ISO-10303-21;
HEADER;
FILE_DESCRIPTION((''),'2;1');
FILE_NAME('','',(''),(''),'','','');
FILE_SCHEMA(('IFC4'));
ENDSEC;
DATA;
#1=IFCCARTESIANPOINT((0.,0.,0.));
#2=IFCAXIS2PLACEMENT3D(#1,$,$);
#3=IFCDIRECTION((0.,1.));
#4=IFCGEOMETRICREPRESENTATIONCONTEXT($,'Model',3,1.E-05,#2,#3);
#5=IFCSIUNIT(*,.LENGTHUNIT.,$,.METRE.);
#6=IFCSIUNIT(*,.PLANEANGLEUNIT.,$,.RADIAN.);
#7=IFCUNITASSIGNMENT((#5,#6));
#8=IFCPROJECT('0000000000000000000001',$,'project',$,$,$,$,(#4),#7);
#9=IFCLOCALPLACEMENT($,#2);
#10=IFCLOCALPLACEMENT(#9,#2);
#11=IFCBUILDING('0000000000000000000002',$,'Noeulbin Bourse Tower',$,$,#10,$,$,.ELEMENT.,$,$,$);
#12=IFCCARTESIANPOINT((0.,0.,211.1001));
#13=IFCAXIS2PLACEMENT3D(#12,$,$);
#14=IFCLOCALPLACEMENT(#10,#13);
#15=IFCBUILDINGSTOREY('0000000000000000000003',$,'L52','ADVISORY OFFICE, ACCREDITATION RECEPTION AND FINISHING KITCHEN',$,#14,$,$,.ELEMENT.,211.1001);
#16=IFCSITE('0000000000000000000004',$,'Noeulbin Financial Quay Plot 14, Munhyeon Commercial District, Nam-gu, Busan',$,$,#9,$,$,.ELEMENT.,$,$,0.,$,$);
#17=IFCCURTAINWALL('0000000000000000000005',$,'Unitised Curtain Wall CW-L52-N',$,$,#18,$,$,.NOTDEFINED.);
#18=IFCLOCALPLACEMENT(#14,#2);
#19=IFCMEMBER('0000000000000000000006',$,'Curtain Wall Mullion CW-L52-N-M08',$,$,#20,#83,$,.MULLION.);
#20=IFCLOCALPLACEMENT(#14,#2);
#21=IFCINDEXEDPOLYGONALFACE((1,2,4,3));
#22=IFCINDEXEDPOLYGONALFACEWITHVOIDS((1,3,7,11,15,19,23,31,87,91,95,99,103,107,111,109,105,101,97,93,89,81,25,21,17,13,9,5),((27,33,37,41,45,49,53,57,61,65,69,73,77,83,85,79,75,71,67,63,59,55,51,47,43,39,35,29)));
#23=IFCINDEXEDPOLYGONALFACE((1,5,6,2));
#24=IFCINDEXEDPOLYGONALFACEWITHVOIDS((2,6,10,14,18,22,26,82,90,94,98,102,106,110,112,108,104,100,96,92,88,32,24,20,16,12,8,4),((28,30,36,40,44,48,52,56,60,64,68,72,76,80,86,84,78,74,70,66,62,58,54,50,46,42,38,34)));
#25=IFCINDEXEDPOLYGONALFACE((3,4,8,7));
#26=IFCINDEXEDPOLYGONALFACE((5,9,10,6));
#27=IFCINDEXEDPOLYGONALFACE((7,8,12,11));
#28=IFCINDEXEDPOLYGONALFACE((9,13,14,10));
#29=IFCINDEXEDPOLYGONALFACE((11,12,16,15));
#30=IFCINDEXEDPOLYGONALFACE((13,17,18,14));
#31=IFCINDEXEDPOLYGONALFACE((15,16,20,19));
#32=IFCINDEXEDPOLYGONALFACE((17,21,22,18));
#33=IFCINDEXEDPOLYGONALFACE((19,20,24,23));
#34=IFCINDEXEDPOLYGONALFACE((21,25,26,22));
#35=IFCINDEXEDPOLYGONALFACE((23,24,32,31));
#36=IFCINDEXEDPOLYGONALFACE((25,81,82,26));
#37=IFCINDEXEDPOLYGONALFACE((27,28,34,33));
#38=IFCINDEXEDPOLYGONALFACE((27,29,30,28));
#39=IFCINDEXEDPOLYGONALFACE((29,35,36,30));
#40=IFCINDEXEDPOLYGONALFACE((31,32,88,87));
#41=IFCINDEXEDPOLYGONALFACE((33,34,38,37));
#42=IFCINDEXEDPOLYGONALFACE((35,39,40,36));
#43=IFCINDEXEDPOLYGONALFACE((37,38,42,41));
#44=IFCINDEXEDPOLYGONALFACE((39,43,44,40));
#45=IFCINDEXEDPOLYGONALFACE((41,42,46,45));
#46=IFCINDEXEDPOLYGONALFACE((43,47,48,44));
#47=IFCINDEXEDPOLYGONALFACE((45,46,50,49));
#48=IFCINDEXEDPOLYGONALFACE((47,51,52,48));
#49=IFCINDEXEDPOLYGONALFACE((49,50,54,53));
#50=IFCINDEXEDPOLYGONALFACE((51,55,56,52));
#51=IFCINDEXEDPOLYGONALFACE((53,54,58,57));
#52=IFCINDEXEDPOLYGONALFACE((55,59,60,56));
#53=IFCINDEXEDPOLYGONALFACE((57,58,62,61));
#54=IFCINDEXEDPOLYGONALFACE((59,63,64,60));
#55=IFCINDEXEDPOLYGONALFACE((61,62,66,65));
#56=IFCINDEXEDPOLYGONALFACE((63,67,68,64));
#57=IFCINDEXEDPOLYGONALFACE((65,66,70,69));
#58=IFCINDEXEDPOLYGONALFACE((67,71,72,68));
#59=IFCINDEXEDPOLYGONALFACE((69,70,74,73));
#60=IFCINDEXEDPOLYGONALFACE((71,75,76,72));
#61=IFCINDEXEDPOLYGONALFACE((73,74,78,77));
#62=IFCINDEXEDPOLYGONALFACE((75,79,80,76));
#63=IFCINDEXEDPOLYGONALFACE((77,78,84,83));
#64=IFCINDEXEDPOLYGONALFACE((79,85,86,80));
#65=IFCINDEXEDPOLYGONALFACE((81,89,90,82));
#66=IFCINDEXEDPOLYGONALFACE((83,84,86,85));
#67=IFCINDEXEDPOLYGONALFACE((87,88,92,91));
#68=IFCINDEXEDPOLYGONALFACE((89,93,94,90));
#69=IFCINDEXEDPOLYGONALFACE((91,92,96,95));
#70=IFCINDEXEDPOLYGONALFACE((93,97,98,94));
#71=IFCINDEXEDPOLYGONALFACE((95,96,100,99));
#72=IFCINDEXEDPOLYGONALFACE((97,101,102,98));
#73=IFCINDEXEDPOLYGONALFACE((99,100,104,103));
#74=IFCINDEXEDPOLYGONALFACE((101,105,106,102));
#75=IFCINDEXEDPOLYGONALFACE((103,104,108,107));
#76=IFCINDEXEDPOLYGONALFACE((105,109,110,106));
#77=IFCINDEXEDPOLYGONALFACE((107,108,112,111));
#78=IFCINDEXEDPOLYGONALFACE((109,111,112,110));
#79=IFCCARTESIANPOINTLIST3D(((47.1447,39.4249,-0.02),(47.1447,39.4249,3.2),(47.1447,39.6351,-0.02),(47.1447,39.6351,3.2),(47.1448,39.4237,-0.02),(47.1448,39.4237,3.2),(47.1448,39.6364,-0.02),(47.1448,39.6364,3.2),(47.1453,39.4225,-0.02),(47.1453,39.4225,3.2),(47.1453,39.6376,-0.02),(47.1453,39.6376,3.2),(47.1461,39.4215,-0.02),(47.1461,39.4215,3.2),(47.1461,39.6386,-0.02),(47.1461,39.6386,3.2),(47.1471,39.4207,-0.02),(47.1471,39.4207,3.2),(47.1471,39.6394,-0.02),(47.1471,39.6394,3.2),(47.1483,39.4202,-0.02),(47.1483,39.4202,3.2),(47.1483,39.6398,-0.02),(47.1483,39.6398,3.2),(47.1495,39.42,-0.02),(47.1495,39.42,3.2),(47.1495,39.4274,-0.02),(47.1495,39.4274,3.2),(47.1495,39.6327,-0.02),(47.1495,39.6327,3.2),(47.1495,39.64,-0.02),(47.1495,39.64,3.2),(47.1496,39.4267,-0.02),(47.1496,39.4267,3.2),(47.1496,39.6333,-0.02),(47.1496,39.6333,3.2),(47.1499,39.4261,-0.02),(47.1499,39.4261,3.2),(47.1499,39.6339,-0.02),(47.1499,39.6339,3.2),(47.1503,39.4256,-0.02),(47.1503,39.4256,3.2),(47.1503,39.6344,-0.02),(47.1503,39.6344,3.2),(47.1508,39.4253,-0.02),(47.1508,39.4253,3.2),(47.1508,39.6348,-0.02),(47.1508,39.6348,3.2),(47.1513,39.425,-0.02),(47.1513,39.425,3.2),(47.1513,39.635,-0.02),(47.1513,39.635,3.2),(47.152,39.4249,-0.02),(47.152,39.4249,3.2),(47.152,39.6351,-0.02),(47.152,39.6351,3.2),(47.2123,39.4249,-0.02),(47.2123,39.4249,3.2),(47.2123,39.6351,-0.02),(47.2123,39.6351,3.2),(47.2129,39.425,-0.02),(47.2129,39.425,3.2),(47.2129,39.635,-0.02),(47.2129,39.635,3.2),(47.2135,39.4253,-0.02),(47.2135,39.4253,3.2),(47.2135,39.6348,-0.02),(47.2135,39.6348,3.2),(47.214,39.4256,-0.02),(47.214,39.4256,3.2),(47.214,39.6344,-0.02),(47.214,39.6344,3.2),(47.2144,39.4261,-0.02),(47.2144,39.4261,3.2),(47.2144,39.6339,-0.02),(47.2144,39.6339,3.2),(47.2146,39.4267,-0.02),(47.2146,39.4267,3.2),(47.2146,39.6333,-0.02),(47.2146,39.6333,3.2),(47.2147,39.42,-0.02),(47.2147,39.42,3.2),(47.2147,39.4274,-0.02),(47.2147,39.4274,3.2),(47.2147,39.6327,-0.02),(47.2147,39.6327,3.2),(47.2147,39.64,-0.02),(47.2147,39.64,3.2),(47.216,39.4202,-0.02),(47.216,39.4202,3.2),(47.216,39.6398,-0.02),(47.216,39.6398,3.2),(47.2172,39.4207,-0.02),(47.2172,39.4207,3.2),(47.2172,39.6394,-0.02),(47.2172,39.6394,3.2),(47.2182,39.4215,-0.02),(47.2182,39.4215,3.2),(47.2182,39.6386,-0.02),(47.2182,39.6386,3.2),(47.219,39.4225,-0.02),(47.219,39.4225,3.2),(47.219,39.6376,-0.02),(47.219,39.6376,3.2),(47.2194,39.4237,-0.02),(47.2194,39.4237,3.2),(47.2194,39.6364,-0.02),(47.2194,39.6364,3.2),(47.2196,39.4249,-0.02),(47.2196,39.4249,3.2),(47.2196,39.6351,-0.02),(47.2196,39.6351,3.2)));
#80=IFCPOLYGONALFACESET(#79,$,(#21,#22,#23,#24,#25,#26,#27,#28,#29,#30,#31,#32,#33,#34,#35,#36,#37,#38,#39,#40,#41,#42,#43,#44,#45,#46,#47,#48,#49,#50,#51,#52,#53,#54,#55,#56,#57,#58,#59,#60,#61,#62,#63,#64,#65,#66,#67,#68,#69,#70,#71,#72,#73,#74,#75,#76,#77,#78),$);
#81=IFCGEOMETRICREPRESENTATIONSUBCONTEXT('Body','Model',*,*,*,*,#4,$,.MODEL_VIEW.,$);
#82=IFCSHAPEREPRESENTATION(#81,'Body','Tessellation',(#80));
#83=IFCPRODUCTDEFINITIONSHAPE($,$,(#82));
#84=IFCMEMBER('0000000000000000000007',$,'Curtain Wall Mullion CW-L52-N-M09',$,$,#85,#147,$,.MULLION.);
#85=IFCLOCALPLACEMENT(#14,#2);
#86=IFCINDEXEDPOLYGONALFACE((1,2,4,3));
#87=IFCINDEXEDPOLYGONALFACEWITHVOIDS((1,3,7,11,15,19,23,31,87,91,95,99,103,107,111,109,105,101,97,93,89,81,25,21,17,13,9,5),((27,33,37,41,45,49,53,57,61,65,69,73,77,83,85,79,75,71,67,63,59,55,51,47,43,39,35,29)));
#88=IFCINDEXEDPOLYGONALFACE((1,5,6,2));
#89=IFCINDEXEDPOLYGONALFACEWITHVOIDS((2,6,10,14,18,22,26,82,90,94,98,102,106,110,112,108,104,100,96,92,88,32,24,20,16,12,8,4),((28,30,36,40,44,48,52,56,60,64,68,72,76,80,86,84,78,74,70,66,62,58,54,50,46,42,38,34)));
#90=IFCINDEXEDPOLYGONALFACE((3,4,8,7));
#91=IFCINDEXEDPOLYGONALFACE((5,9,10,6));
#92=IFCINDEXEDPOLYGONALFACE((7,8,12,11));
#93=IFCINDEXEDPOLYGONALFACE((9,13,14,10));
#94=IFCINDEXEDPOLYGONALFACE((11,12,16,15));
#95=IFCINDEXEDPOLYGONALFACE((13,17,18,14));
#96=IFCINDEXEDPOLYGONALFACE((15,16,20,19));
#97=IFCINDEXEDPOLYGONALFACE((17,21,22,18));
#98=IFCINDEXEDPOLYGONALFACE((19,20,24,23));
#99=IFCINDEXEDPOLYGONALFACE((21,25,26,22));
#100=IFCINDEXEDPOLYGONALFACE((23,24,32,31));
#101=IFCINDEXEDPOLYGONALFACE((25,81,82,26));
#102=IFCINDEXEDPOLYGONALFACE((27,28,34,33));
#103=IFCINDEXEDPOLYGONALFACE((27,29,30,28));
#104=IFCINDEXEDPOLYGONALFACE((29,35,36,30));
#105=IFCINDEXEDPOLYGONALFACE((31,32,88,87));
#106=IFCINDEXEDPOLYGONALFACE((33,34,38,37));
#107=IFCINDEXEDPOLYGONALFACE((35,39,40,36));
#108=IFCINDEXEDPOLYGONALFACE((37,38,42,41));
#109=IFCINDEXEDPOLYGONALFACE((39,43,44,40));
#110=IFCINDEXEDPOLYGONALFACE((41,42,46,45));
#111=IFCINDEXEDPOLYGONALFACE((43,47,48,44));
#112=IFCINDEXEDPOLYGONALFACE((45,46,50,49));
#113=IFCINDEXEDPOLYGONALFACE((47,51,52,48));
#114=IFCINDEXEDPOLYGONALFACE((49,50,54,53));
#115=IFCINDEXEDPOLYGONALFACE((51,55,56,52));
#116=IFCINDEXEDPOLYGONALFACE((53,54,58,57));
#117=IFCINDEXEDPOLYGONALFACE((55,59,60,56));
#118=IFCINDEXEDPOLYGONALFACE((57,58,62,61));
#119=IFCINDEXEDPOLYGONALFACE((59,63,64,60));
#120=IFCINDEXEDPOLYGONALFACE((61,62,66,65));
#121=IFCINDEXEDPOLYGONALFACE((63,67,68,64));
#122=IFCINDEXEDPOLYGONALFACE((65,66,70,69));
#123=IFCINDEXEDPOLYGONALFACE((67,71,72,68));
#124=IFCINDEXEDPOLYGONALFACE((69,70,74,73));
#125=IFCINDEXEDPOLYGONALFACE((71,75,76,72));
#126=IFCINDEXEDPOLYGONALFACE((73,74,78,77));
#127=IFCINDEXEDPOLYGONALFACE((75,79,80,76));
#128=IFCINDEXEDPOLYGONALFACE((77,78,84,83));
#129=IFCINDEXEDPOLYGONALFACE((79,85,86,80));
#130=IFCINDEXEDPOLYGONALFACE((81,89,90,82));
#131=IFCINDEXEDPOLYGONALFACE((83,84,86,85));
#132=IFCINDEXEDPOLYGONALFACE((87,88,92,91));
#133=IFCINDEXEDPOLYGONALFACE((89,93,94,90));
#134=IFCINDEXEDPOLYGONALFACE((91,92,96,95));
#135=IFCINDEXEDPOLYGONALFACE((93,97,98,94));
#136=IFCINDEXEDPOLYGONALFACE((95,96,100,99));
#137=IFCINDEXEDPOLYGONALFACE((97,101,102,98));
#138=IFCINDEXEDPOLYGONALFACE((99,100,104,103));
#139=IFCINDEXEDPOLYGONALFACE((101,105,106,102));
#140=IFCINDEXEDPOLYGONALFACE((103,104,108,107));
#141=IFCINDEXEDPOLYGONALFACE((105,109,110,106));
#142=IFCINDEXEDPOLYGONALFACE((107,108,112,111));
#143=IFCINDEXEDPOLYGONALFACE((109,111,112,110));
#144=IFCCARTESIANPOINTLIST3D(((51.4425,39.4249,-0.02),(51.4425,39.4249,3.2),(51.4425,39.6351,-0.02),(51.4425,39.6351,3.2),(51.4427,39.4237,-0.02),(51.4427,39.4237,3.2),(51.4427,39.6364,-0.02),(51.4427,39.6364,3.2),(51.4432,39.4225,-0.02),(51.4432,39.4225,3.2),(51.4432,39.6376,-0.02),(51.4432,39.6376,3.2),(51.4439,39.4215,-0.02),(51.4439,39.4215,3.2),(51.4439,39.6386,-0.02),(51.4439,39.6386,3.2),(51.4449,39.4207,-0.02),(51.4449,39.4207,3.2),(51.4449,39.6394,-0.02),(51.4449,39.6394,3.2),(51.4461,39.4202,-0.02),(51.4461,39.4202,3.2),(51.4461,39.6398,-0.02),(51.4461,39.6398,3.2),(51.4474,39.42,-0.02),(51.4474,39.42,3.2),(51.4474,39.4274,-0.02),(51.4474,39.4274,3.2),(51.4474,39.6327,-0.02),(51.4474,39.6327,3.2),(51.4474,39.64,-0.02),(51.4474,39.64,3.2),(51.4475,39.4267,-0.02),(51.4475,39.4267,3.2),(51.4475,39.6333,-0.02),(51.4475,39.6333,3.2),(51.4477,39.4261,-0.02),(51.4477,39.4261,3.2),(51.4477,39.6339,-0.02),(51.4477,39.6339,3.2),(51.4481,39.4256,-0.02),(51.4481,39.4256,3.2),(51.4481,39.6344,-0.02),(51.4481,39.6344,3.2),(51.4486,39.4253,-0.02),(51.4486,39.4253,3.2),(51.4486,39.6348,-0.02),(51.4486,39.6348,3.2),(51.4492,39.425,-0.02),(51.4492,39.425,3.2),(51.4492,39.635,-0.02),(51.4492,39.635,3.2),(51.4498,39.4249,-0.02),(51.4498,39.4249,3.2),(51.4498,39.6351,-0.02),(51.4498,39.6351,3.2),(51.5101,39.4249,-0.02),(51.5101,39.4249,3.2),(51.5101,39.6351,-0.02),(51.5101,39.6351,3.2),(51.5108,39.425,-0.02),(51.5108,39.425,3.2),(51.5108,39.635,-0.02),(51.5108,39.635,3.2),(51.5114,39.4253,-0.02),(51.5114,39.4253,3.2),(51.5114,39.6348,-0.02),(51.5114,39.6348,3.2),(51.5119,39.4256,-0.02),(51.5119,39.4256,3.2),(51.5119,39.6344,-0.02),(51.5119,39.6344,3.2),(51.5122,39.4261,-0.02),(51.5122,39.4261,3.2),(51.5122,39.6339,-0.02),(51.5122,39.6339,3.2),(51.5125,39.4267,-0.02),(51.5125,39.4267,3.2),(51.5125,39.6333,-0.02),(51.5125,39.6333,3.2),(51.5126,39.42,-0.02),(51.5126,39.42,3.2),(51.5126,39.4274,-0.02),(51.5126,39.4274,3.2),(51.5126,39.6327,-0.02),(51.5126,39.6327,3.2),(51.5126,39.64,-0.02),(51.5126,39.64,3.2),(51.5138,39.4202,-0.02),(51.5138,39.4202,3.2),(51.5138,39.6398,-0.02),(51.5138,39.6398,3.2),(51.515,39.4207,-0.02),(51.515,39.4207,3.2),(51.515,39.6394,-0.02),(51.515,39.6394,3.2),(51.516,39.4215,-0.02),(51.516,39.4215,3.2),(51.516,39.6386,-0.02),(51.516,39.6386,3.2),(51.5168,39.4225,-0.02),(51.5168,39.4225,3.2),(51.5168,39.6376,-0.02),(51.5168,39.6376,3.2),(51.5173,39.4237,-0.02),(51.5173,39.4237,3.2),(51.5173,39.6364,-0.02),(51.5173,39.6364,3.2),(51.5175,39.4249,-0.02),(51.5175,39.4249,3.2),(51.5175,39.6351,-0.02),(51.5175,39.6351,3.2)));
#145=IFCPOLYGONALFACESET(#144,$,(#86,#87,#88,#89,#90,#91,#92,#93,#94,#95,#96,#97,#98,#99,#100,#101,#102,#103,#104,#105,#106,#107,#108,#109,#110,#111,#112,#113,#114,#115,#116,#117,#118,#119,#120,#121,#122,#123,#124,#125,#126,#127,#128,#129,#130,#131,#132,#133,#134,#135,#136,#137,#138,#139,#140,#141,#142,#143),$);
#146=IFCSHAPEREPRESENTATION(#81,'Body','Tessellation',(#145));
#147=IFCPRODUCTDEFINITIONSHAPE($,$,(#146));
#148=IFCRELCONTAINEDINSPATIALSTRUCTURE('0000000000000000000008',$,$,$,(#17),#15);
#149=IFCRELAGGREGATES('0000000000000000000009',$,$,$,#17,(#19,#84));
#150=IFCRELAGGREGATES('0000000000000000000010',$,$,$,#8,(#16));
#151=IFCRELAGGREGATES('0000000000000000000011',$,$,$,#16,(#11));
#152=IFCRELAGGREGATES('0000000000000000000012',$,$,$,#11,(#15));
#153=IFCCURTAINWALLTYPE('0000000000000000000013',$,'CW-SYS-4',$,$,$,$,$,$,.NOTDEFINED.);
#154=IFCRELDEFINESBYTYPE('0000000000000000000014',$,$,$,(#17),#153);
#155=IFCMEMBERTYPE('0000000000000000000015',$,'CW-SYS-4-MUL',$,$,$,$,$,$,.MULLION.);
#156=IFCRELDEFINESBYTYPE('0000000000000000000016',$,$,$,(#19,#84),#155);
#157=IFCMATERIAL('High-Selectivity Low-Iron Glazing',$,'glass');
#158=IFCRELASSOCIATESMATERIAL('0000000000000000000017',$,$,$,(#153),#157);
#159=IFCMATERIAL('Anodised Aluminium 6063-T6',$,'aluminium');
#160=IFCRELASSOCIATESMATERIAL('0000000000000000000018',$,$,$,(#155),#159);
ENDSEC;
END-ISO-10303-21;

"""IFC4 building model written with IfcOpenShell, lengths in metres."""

from ifc_helpers import new_model, si_unit, direction, frame, origin, origin_2d, place, context, subcontext, project, spatial, hollow_rectangle, extrude, material, material_profile, profile_set, type_object, element, aggregate, save


model = new_model("IFC4")

# Units and contexts
model_context = context("Model", 3, precision=1e-05, world=origin(), true_north=direction((0.0, 1.0)))
body_context = subcontext(model_context, "Body", "Model", "MODEL_VIEW")
ifc_project = project(units=[si_unit("LENGTHUNIT", "METRE"), si_unit("PLANEANGLEUNIT", "RADIAN")], contexts=[model_context])

# Site, building, storey
site_placement = place(None, origin())
site = spatial("IfcSite", under=ifc_project, at=site_placement, Name="Noeulbin Financial Quay Plot 14, Munhyeon Commercial District, Nam-gu, Busan", CompositionType="ELEMENT", RefElevation=0.0)
building_placement = place(site_placement, origin())
building = spatial("IfcBuilding", under=site, at=building_placement, Name="Noeulbin Bourse Tower", CompositionType="ELEMENT")
storey_placement = place(building_placement, frame((0.0, 0.0, 211.1001)))
storey = spatial("IfcBuildingStorey", under=building, at=storey_placement, Name="L52", Description="ADVISORY OFFICE, ACCREDITATION RECEPTION AND FINISHING KITCHEN", CompositionType="ELEMENT", Elevation=211.1001)

# Curtain wall, members
ifc_material_1 = material(Name="High-Selectivity Low-Iron Glazing", Category="glass")
curtain_wall_type = type_object("IfcCurtainWallType", Name="CW-SYS-4", PredefinedType="NOTDEFINED", material=ifc_material_1)
curtain_wall_1_placement = place(storey_placement, origin())
curtain_wall_1 = element("IfcCurtainWall", 1, at=curtain_wall_1_placement, inside=storey, type_object=curtain_wall_type, Name="Unitised Curtain Wall CW-L52-N", PredefinedType="NOTDEFINED")
ifc_material_2 = material(Name="Anodised Aluminium 6063-T6", Category="aluminium")
ifc_material_profile_1 = material_profile(ifc_material_2, hollow_rectangle(XDim=0.075, YDim=0.22, WallThickness=0.0049, InnerFilletRadius=0.0024, OuterFilletRadius=0.0049, at=origin_2d()), Name="ALU-MULL-75x220x5", Category="LoadBearing")
ifc_profile_set_1 = profile_set([ifc_material_profile_1], Name="Anodised Aluminium 6063-T6")
member_type_1 = type_object("IfcMemberType", Name="CW-SYS-4-MUL", PredefinedType="MULLION", material=ifc_profile_set_1)
member_1_placement = place(storey_placement, frame((47.1821, 39.53, -0.02), z_axis=(0.0, 0.0, 1.0), x_axis=(1.0, 0.0, 0.0)))
member_1 = element("IfcMember", 2, at=member_1_placement, type_object=member_type_1, Name="Curtain Wall Mullion CW-L52-N-M08", PredefinedType="MULLION", context=body_context, shape_type="SweptSolid", body=[
    extrude(hollow_rectangle(XDim=0.075, YDim=0.22, WallThickness=0.0049, InnerFilletRadius=0.0024, OuterFilletRadius=0.0049, at=origin_2d()), origin(), (0.0, 0.0, 1.0), 3.22),
])
member_2_placement = place(storey_placement, frame((51.48, 39.53, -0.02), z_axis=(0.0, 0.0, 1.0), x_axis=(1.0, 0.0, 0.0)))
member_2 = element("IfcMember", 3, at=member_2_placement, type_object=member_type_1, Name="Curtain Wall Mullion CW-L52-N-M09", PredefinedType="MULLION", context=body_context, shape_type="SweptSolid", body=[
    extrude(hollow_rectangle(XDim=0.075, YDim=0.22, WallThickness=0.0049, InnerFilletRadius=0.0024, OuterFilletRadius=0.0049, at=origin_2d()), origin(), (0.0, 0.0, 1.0), 3.22),
])

aggregate(curtain_wall_1, [member_1, member_2])

save(model, "model.ifc")
